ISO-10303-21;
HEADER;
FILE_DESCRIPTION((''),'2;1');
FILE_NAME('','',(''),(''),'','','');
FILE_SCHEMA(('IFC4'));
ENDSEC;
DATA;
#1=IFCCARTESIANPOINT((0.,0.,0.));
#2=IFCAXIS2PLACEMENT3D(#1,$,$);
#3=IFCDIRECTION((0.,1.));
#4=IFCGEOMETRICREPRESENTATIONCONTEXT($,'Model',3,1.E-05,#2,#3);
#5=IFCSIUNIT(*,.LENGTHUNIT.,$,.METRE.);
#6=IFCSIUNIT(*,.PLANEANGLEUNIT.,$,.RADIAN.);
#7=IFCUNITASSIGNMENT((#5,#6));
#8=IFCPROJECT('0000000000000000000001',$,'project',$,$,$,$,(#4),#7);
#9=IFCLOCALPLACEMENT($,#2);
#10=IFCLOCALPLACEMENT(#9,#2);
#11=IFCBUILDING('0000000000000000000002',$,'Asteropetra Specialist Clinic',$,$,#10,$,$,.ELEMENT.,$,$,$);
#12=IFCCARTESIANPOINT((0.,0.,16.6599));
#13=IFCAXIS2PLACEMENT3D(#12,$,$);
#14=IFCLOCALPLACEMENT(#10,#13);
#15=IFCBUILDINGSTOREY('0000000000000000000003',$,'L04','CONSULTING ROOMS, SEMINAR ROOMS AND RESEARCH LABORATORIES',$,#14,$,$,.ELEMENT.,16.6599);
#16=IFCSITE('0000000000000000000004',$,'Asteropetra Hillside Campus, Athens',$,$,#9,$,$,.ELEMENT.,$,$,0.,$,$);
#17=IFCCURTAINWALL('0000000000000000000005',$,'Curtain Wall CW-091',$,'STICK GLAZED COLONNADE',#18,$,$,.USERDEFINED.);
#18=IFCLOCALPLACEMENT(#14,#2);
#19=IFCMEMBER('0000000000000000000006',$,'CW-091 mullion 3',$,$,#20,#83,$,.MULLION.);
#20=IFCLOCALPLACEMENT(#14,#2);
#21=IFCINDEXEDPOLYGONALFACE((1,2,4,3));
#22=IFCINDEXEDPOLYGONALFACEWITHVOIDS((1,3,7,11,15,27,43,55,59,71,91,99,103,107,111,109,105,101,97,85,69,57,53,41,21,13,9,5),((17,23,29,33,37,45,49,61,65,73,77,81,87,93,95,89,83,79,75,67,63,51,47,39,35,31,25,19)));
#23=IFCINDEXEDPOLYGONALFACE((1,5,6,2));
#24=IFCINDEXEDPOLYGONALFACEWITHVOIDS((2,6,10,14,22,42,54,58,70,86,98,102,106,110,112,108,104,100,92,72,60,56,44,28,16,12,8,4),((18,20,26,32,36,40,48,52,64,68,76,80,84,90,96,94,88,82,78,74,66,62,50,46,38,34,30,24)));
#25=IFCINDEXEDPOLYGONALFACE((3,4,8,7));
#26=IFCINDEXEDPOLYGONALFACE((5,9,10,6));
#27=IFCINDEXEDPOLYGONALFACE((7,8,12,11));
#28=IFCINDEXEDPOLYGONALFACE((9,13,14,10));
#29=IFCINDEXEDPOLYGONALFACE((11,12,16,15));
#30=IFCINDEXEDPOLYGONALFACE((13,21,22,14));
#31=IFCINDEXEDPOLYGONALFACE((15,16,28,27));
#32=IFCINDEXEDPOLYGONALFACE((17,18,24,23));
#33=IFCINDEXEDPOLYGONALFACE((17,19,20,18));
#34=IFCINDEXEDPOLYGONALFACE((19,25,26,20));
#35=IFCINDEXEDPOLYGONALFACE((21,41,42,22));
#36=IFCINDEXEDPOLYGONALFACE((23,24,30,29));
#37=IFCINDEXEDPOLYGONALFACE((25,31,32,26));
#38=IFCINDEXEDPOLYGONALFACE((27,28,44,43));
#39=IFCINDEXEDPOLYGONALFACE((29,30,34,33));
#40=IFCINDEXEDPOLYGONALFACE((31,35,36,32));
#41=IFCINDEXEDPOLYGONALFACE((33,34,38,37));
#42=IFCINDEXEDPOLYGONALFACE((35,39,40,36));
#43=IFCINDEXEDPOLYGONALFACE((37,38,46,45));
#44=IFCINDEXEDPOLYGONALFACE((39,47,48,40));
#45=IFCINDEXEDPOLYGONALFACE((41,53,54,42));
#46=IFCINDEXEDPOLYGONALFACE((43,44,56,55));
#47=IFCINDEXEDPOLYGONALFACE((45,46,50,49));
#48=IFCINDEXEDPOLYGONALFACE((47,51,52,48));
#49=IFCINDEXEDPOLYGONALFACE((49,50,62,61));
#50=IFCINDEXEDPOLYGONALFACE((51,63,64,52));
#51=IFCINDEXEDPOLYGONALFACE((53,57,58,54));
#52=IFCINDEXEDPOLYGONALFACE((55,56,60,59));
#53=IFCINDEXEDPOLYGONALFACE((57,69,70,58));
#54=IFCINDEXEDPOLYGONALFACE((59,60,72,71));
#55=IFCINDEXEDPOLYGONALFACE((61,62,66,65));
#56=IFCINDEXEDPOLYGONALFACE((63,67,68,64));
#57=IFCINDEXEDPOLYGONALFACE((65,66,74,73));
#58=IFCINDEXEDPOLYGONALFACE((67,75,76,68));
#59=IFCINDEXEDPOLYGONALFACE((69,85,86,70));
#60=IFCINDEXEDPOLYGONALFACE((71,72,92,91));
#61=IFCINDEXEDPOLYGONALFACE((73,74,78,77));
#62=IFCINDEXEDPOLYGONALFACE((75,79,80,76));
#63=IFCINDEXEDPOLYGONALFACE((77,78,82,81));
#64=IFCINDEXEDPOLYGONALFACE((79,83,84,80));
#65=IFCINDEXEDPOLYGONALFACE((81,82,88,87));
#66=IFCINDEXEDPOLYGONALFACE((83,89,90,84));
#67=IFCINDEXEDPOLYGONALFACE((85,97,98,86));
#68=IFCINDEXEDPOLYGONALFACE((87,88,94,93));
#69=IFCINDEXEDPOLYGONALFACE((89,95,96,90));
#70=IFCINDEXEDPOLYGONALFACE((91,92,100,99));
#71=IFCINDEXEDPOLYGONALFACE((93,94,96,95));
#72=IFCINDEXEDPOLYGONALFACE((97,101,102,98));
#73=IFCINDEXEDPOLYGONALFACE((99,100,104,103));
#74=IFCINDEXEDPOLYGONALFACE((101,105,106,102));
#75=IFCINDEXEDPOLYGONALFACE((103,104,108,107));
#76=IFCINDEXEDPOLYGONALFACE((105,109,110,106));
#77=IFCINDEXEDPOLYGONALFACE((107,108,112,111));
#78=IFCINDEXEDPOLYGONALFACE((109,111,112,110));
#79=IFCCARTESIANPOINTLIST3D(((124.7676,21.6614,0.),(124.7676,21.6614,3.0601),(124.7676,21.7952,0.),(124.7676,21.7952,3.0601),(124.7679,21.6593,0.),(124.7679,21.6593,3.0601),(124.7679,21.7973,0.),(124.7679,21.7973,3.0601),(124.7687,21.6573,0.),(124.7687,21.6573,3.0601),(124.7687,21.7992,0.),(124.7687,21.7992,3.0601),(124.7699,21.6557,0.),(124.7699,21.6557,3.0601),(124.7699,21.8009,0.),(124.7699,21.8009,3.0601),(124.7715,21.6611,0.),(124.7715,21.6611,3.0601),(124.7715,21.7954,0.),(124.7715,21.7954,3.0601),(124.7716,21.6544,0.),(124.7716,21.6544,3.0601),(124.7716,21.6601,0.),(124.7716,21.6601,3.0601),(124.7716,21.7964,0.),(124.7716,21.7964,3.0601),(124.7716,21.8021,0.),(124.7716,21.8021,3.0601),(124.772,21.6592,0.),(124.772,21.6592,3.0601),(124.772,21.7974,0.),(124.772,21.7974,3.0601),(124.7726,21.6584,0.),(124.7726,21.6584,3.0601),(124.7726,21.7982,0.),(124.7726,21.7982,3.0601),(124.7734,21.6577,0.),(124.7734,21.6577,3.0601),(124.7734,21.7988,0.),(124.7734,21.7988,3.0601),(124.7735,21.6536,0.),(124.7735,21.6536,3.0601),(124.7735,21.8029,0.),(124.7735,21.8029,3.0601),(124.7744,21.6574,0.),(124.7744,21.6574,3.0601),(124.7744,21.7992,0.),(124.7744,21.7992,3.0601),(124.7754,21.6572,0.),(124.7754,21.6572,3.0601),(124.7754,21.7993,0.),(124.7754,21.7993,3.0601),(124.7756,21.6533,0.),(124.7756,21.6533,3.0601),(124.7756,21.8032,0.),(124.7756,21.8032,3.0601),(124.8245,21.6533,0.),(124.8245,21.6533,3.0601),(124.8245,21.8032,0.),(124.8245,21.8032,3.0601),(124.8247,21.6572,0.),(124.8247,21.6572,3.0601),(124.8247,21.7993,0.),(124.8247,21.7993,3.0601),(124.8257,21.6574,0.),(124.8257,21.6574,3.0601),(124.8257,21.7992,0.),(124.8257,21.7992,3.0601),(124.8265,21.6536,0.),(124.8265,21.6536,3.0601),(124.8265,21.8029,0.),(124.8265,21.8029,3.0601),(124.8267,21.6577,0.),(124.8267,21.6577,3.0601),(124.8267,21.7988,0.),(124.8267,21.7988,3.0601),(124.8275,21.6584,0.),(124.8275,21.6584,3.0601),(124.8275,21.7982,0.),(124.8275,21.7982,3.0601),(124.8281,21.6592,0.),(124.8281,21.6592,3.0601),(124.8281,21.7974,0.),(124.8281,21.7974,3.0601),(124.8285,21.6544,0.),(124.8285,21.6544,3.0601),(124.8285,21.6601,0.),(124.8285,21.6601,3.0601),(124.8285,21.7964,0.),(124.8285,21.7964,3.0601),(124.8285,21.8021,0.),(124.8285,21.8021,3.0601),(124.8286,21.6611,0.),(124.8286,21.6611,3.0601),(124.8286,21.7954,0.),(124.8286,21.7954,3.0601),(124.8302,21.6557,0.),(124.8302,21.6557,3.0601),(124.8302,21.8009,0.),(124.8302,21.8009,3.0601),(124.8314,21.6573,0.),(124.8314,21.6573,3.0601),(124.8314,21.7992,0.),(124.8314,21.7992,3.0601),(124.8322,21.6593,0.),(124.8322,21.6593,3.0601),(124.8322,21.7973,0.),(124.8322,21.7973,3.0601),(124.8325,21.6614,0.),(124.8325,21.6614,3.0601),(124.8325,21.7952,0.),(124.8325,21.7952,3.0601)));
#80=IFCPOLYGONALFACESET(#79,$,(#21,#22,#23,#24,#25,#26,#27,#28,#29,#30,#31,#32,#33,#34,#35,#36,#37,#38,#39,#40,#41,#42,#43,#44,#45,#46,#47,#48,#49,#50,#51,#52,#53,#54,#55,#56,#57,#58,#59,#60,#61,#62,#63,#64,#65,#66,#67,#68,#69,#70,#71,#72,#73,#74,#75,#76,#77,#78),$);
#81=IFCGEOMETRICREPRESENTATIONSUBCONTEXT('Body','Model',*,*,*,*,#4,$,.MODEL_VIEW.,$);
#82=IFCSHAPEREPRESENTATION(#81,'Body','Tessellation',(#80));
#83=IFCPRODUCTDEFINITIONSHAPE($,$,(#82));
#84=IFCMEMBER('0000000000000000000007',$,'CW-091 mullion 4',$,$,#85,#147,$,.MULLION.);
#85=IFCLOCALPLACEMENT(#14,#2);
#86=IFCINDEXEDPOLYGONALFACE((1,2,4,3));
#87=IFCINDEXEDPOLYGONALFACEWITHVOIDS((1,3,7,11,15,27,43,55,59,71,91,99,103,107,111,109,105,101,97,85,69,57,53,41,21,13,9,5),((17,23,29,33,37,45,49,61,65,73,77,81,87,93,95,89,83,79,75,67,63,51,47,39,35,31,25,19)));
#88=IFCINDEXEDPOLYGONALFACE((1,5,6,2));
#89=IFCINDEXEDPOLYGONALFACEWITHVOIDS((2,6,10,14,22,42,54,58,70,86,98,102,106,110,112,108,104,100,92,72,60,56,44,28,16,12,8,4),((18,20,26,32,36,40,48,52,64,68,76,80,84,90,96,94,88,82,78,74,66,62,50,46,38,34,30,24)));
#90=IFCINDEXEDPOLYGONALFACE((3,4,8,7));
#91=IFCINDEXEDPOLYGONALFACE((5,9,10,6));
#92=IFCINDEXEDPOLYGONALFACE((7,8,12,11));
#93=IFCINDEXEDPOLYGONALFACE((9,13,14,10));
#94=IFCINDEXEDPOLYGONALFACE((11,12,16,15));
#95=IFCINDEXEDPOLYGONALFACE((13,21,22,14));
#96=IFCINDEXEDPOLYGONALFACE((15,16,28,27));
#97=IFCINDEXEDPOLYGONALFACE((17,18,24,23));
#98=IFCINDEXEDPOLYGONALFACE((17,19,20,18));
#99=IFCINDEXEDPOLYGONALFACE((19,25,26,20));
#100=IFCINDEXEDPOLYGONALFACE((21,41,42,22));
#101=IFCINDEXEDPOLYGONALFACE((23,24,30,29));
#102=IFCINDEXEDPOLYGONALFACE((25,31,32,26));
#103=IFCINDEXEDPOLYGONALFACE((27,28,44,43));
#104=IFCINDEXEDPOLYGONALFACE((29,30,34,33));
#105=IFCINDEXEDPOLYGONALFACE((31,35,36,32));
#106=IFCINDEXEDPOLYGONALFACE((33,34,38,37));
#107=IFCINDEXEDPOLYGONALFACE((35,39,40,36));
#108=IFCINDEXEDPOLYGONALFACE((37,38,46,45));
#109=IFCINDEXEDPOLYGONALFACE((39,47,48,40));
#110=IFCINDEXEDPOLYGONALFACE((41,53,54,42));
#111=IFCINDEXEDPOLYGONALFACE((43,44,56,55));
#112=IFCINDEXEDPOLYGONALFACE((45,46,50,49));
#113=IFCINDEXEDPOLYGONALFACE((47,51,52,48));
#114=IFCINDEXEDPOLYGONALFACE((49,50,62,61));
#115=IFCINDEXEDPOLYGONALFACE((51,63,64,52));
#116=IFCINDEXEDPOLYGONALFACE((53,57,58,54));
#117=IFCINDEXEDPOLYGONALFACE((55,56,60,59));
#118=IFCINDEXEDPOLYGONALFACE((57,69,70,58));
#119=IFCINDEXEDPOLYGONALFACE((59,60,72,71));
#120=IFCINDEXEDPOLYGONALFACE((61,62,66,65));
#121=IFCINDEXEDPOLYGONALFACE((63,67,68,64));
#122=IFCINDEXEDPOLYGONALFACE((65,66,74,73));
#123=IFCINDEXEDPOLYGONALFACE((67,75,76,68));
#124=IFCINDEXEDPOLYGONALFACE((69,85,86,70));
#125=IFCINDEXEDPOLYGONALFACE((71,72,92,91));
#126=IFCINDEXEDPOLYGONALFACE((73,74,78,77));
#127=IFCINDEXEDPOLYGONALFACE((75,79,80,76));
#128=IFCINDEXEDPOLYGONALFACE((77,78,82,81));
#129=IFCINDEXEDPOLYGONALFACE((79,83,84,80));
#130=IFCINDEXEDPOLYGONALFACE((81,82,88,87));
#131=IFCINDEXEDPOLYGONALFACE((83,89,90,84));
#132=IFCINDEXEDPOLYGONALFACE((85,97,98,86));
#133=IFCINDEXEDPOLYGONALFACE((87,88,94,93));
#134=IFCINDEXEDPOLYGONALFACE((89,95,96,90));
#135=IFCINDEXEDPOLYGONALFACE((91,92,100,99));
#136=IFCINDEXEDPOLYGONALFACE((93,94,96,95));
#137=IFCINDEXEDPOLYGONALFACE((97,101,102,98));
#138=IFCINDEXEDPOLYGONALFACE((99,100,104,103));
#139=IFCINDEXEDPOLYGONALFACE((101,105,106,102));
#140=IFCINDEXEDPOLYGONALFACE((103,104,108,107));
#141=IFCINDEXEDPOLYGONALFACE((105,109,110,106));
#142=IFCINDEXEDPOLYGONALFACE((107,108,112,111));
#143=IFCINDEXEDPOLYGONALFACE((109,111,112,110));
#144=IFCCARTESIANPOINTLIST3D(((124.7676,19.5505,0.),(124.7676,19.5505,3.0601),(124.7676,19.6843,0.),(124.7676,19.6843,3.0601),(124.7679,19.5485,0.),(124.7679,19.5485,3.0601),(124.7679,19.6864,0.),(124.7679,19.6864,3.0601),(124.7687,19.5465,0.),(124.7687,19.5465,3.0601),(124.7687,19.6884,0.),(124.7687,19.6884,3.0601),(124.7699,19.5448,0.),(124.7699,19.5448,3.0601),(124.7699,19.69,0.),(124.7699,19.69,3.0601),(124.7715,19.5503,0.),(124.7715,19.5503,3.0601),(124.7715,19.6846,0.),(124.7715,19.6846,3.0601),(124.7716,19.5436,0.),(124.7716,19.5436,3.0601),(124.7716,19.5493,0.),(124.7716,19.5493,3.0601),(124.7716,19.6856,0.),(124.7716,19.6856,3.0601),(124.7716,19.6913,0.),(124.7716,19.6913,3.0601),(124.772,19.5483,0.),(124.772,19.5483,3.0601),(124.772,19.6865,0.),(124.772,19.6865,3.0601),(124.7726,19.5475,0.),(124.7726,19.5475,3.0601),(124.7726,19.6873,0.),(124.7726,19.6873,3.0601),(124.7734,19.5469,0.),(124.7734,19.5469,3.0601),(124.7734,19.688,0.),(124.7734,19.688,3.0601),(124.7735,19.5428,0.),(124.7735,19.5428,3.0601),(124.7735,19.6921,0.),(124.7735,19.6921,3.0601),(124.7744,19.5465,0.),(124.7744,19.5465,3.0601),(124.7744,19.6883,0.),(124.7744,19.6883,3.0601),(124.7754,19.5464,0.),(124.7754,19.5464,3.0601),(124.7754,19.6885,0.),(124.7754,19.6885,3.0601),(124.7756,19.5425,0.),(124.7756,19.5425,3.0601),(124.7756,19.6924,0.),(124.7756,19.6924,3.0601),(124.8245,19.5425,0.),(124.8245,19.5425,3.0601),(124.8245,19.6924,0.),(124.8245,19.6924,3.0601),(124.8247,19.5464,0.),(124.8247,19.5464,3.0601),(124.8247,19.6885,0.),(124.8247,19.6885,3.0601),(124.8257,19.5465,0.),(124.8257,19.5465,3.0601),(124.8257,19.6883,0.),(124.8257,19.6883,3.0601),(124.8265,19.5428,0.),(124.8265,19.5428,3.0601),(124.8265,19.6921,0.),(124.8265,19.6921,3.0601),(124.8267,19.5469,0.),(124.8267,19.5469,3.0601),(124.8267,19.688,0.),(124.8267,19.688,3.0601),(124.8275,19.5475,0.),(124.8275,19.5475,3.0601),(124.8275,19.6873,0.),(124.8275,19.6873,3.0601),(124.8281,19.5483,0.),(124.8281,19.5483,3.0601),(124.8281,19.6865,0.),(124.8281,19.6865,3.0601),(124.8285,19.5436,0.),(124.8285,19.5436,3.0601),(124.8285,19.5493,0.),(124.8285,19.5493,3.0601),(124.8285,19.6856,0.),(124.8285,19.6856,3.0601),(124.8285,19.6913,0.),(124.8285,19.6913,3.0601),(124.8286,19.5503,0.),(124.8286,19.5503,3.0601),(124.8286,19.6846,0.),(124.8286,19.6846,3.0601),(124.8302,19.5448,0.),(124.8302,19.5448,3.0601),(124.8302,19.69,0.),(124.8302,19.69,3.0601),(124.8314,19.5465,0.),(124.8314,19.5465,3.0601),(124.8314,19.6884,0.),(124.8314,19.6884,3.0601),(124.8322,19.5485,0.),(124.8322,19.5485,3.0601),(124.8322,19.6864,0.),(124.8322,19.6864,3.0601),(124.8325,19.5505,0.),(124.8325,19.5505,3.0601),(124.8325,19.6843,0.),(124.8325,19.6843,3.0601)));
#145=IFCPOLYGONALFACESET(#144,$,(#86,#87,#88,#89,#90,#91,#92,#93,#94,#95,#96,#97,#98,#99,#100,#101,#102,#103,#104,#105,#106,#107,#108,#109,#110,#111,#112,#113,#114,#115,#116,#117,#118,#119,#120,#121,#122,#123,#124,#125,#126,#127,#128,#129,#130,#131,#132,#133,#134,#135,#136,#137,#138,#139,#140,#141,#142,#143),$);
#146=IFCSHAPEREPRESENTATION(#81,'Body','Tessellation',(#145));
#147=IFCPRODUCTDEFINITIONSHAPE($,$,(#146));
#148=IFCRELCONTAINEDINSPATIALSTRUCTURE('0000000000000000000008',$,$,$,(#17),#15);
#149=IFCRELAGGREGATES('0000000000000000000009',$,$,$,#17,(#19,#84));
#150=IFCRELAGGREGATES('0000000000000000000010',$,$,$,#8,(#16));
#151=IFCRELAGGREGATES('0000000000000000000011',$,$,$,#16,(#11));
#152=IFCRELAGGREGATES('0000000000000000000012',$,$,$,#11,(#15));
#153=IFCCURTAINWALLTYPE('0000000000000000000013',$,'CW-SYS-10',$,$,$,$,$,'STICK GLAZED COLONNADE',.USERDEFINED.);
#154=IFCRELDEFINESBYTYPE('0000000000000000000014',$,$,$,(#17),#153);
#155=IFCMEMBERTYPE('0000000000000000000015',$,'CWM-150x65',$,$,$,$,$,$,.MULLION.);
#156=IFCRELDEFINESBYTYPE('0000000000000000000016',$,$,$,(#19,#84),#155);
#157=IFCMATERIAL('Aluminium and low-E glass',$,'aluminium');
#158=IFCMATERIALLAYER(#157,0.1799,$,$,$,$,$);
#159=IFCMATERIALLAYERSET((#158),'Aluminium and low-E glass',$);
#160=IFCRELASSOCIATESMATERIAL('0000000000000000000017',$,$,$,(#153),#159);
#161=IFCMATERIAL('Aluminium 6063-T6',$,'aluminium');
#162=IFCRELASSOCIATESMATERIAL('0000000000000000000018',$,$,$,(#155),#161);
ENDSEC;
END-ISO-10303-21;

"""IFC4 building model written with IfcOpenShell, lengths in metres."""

from ifc_helpers import new_model, si_unit, direction, frame, origin, origin_2d, place, context, subcontext, project, spatial, hollow_rectangle, extrude, material, layer, layer_set, material_profile, profile_set, type_object, element, aggregate, save


model = new_model("IFC4")

# Units and contexts
model_context = context("Model", 3, precision=1e-05, world=origin(), true_north=direction((0.0, 1.0)))
body_context = subcontext(model_context, "Body", "Model", "MODEL_VIEW")
ifc_project = project(units=[si_unit("LENGTHUNIT", "METRE"), si_unit("PLANEANGLEUNIT", "RADIAN")], contexts=[model_context])

# Site, building, storey
site_placement = place(None, origin())
site = spatial("IfcSite", under=ifc_project, at=site_placement, Name="Asteropetra Hillside Campus, Athens", CompositionType="ELEMENT", RefElevation=0.0)
building_placement = place(site_placement, origin())
building = spatial("IfcBuilding", under=site, at=building_placement, Name="Asteropetra Specialist Clinic", CompositionType="ELEMENT")
storey_placement = place(building_placement, frame((0.0, 0.0, 16.6599)))
storey = spatial("IfcBuildingStorey", under=building, at=storey_placement, Name="L04", Description="CONSULTING ROOMS, SEMINAR ROOMS AND RESEARCH LABORATORIES", CompositionType="ELEMENT", Elevation=16.6599)

# Curtain wall, members
ifc_material_1 = material(Name="Aluminium and low-E glass", Category="aluminium")
ifc_layer_1 = layer(ifc_material_1, 0.1799)
ifc_layer_set_1 = layer_set([ifc_layer_1], Name="Aluminium and low-E glass")
curtain_wall_type_1 = type_object("IfcCurtainWallType", Name="CW-SYS-10", ElementType="STICK GLAZED COLONNADE", PredefinedType="USERDEFINED", material=ifc_layer_set_1)
curtain_wall_1_placement = place(storey_placement, origin())
curtain_wall_1 = element("IfcCurtainWall", 1, at=curtain_wall_1_placement, inside=storey, type_object=curtain_wall_type_1, Name="Curtain Wall CW-091", ObjectType="STICK GLAZED COLONNADE", PredefinedType="USERDEFINED")
ifc_material_2 = material(Name="Aluminium 6063-T6", Category="aluminium")
ifc_material_profile_1 = material_profile(ifc_material_2, hollow_rectangle(XDim=0.0649, YDim=0.1499, WallThickness=0.0039, InnerFilletRadius=0.0039, OuterFilletRadius=0.0081, at=origin_2d()), Name="MUL 150x65x4.0")
ifc_profile_set_1 = profile_set([ifc_material_profile_1], Name="Aluminium 6063-T6")
member_type_1 = type_object("IfcMemberType", Name="CWM-150x65", PredefinedType="MULLION", material=ifc_profile_set_1)
member_1_placement = place(storey_placement, frame((124.8, 21.7283, 0.0), z_axis=(0.0, 0.0, 1.0), x_axis=(1.0, 0.0, 0.0)))
member_1 = element("IfcMember", 2, at=member_1_placement, type_object=member_type_1, Name="CW-091 mullion 3", PredefinedType="MULLION", context=body_context, shape_type="SweptSolid", body=[
    extrude(hollow_rectangle(XDim=0.0649, YDim=0.1499, WallThickness=0.0039, InnerFilletRadius=0.0039, OuterFilletRadius=0.0081, at=origin_2d()), origin(), (0.0, 0.0, 1.0), 3.0601),
])
member_2_placement = place(storey_placement, frame((124.8, 19.6174, 0.0), z_axis=(0.0, 0.0, 1.0), x_axis=(1.0, 0.0, 0.0)))
member_2 = element("IfcMember", 3, at=member_2_placement, type_object=member_type_1, Name="CW-091 mullion 4", PredefinedType="MULLION", context=body_context, shape_type="SweptSolid", body=[
    extrude(hollow_rectangle(XDim=0.0649, YDim=0.1499, WallThickness=0.0039, InnerFilletRadius=0.0039, OuterFilletRadius=0.0081, at=origin_2d()), origin(), (0.0, 0.0, 1.0), 3.0601),
])

aggregate(curtain_wall_1, [member_1, member_2])

save(model, "model.ifc")
